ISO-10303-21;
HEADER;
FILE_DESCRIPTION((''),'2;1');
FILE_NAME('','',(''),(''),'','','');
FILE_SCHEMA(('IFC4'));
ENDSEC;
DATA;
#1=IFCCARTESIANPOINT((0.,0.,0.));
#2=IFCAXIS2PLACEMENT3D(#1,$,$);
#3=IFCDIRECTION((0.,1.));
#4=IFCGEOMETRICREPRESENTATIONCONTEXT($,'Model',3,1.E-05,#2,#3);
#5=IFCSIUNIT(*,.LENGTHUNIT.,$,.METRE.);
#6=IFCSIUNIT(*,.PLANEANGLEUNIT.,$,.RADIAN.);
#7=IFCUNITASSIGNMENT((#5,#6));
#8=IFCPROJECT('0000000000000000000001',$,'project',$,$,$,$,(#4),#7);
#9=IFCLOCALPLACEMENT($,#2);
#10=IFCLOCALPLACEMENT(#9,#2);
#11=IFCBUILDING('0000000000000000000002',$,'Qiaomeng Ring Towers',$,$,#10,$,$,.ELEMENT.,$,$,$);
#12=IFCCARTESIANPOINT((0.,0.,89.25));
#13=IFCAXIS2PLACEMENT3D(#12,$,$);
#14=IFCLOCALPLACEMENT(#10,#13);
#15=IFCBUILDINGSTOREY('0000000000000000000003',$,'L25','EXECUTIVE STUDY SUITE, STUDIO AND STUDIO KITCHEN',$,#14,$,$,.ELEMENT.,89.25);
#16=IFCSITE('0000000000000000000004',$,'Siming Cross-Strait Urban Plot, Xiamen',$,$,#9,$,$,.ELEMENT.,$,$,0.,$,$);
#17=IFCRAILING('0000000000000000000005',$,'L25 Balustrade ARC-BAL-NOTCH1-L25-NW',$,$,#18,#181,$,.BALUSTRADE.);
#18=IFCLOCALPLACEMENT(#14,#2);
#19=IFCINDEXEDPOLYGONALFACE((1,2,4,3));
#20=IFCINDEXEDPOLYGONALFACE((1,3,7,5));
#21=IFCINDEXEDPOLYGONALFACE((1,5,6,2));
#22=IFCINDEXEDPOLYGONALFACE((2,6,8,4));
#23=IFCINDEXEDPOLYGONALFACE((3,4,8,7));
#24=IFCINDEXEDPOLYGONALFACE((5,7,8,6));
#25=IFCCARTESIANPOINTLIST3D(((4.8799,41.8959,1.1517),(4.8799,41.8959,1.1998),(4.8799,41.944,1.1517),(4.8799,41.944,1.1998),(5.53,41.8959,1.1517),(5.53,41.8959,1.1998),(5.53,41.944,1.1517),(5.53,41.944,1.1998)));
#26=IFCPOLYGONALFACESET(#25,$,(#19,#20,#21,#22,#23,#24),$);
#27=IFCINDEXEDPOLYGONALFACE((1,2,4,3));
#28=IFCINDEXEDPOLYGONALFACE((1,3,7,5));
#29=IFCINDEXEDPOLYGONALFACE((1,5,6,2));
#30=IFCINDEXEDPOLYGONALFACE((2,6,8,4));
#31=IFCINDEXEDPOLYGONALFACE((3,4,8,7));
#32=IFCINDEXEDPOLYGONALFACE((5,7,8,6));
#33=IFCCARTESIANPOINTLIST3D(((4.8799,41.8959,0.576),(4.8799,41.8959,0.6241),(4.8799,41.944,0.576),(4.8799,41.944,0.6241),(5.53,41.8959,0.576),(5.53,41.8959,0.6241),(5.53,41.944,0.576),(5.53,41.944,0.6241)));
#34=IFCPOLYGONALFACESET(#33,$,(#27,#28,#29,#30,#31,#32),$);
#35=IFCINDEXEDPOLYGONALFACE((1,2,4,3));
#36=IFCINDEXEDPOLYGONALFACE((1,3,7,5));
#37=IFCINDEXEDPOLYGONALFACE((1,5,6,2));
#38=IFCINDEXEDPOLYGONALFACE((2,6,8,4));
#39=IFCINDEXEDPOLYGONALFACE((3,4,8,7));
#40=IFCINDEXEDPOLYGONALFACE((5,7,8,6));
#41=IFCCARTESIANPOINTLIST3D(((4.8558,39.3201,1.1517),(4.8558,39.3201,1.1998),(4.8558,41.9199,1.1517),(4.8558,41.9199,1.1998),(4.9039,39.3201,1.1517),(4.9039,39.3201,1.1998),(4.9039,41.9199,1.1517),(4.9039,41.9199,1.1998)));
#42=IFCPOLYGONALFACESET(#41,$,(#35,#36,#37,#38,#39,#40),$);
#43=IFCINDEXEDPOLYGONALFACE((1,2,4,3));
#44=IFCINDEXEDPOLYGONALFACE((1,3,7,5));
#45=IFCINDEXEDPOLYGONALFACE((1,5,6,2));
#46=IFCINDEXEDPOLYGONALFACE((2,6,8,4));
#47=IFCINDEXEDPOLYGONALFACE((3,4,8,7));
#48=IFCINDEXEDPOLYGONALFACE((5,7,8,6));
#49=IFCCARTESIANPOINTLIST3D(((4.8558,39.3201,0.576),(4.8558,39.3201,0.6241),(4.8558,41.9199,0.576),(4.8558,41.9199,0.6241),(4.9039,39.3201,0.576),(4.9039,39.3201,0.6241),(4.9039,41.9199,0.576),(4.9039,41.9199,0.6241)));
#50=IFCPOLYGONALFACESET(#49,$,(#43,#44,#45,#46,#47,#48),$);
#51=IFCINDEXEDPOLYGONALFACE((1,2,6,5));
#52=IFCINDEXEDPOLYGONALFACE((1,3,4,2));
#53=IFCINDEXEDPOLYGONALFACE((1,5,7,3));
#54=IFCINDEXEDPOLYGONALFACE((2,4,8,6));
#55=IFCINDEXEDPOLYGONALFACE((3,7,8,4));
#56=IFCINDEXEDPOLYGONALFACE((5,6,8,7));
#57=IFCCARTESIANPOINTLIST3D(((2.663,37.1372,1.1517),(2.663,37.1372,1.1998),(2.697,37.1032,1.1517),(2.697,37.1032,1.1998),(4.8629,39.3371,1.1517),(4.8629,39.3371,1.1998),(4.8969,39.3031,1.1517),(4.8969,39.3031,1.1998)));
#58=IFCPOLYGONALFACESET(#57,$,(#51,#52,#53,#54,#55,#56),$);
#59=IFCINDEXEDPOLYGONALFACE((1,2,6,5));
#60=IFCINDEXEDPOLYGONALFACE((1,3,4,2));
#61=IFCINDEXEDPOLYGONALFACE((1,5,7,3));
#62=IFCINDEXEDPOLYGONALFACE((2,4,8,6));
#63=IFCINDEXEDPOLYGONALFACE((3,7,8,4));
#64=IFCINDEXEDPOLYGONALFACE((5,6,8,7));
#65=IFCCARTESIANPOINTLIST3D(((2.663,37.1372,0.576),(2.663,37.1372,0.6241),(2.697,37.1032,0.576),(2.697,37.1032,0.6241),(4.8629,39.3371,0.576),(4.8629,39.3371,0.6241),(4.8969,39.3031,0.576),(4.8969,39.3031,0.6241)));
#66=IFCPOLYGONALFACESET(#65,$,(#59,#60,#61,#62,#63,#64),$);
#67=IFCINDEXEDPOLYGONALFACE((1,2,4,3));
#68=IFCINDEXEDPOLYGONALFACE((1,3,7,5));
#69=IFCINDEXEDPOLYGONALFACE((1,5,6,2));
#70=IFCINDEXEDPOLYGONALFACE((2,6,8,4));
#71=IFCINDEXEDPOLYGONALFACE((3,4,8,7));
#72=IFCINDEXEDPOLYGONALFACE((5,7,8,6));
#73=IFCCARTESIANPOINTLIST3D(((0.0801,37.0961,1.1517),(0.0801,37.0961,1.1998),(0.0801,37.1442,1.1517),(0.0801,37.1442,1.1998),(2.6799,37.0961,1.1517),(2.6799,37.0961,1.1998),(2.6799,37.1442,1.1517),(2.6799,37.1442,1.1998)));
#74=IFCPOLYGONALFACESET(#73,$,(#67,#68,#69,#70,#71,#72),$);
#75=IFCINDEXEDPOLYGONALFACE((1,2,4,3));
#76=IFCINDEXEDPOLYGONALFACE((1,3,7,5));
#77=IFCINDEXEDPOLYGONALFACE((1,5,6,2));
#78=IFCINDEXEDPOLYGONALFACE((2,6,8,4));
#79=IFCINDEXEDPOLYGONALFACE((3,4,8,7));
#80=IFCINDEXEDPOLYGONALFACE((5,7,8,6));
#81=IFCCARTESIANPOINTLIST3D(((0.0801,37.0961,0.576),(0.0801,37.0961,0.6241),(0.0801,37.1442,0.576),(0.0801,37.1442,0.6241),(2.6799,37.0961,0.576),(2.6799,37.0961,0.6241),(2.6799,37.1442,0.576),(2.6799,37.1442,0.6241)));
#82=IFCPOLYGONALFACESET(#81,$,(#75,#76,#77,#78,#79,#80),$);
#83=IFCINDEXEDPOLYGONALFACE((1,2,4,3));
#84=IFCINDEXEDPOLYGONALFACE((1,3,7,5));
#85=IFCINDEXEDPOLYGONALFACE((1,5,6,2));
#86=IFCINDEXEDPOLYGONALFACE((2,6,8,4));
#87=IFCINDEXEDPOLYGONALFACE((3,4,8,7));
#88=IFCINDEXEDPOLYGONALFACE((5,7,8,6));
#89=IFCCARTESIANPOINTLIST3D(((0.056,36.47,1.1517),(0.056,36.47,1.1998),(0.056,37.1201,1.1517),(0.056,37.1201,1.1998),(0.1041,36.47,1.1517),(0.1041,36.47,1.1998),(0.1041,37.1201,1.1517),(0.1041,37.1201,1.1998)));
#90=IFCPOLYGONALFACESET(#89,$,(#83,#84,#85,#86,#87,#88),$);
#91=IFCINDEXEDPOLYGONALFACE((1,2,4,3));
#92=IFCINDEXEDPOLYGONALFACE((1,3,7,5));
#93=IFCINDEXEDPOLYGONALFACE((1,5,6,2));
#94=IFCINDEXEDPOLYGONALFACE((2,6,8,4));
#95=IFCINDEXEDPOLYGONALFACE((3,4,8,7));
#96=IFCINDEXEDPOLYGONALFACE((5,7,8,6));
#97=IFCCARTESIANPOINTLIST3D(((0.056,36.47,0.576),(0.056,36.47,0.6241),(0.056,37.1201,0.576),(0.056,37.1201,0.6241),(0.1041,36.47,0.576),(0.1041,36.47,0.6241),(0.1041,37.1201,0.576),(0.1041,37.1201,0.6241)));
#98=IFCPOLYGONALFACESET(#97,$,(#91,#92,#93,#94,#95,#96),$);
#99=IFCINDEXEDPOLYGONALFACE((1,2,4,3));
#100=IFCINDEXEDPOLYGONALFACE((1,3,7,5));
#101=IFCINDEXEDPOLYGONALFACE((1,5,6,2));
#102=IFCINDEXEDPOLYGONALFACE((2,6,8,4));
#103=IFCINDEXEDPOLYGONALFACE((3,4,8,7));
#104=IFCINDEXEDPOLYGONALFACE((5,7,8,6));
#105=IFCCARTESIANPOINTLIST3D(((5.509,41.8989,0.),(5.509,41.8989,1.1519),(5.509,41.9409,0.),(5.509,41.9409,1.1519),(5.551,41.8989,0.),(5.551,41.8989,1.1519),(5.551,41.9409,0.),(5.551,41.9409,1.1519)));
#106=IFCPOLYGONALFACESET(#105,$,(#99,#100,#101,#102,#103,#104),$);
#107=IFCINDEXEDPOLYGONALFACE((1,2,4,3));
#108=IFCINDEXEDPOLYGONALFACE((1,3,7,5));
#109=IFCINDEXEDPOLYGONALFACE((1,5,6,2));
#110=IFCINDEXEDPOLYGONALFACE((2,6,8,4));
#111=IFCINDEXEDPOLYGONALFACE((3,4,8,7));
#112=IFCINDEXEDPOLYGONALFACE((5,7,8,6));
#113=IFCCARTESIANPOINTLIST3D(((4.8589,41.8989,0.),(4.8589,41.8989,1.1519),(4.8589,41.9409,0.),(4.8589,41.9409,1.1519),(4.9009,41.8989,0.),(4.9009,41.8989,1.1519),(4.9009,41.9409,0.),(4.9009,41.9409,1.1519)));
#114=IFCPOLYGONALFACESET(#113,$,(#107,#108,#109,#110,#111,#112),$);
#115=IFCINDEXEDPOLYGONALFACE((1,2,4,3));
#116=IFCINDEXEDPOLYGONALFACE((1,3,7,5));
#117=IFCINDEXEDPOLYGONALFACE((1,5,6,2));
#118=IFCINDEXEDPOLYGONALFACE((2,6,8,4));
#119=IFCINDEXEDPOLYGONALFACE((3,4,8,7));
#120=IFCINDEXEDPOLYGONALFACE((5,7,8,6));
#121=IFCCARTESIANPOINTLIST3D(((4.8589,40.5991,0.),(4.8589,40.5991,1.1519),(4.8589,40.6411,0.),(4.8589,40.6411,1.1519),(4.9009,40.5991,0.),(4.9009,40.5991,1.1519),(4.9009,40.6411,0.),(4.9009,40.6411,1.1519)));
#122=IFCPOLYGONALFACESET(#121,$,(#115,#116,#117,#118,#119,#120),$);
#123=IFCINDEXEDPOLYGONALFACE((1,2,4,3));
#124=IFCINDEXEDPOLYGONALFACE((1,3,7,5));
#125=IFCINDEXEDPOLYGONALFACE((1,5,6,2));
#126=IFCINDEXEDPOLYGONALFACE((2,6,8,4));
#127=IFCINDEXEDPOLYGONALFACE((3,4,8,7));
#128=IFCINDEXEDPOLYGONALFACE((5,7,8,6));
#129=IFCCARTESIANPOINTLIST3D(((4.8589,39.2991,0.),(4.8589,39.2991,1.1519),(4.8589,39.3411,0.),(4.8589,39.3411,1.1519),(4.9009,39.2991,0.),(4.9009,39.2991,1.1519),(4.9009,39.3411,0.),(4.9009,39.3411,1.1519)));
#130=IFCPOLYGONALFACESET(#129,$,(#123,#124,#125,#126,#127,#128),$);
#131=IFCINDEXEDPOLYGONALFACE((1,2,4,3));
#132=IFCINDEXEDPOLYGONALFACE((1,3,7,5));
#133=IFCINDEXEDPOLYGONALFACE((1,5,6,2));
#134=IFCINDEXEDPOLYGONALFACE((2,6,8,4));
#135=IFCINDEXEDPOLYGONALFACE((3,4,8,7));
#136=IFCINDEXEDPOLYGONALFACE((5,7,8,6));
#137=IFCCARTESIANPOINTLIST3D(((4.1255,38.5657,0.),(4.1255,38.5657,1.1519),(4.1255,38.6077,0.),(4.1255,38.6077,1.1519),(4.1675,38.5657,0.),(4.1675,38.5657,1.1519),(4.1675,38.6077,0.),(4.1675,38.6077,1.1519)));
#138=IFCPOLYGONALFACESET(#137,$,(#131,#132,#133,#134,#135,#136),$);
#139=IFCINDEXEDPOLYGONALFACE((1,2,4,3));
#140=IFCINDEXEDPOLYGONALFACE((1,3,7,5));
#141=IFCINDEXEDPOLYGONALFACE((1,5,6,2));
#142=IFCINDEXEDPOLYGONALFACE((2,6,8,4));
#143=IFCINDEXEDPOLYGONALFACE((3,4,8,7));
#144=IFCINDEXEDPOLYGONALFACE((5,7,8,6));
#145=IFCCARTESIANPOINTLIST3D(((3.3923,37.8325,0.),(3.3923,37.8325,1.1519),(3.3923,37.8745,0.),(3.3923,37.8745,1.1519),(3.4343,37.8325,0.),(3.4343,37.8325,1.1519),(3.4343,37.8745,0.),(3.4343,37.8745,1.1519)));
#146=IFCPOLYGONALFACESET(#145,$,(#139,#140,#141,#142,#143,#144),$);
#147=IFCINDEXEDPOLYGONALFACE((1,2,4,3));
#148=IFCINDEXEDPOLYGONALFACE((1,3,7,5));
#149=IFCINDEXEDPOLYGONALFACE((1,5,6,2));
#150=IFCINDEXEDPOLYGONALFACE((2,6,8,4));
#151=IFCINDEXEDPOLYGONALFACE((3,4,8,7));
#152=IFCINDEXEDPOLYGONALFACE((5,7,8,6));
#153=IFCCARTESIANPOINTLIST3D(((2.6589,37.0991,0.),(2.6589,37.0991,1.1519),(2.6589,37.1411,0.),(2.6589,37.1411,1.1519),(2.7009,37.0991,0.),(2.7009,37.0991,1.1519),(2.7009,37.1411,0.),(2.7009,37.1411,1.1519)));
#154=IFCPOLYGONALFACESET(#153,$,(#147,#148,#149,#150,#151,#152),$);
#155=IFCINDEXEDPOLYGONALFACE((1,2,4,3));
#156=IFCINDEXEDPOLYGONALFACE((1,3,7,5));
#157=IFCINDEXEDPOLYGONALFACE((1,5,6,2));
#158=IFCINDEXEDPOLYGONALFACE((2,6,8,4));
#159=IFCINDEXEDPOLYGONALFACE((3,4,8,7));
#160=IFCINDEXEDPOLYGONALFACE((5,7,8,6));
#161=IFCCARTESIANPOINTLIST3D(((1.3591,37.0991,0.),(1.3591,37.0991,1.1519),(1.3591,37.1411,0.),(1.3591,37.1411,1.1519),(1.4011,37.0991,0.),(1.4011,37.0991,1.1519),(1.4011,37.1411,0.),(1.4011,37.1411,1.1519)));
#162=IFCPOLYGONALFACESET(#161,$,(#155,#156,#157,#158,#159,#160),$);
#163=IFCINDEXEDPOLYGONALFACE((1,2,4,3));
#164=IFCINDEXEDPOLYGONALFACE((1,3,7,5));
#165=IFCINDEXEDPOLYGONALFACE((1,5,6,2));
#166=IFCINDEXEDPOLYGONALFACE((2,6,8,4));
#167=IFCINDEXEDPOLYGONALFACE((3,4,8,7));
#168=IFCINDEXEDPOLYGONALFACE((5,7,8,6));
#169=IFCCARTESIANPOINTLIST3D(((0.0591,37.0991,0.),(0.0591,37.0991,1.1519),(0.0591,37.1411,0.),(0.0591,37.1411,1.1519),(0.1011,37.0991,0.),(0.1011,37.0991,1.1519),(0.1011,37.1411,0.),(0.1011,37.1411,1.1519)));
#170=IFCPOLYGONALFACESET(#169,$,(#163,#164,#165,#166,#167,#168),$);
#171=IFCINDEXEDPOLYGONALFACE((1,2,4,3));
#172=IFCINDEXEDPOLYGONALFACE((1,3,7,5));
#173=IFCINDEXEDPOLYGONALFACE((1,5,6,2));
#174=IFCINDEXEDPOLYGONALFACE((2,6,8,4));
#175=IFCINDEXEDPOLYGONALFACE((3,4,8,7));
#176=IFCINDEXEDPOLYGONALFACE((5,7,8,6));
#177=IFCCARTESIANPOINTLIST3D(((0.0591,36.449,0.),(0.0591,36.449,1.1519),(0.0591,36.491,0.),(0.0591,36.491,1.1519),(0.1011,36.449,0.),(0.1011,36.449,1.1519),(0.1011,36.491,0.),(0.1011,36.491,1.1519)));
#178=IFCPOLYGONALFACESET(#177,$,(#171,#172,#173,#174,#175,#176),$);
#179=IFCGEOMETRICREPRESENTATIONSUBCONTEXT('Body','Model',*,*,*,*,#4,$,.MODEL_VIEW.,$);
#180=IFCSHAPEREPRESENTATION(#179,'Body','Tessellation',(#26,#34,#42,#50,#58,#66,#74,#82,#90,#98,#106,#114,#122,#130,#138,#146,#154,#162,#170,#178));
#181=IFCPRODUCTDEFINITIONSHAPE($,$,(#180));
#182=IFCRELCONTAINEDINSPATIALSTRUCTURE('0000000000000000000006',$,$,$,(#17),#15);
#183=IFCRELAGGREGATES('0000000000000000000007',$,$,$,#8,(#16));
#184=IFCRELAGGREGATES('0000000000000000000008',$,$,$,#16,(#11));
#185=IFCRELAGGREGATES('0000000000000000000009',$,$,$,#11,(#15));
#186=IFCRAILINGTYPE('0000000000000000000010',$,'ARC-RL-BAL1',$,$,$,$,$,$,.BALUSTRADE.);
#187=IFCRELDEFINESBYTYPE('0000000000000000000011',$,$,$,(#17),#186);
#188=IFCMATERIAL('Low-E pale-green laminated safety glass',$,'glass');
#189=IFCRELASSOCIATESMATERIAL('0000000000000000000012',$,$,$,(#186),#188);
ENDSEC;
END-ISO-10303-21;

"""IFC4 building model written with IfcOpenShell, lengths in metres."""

from ifc_helpers import new_model, si_unit, direction, frame, origin, origin_2d, place, context, subcontext, project, spatial, rectangle, extrude, material, type_object, element, save


model = new_model("IFC4")

# Units and contexts
model_context = context("Model", 3, precision=1e-05, world=origin(), true_north=direction((0.0, 1.0)))
body_context = subcontext(model_context, "Body", "Model", "MODEL_VIEW")
ifc_project = project(units=[si_unit("LENGTHUNIT", "METRE"), si_unit("PLANEANGLEUNIT", "RADIAN")], contexts=[model_context])

# Site, building, storey
site_placement = place(None, origin())
site = spatial("IfcSite", under=ifc_project, at=site_placement, Name="Siming Cross-Strait Urban Plot, Xiamen", CompositionType="ELEMENT", RefElevation=0.0)
building_placement = place(site_placement, origin())
building = spatial("IfcBuilding", under=site, at=building_placement, Name="Qiaomeng Ring Towers", CompositionType="ELEMENT")
storey_placement = place(building_placement, frame((0.0, 0.0, 89.25)))
storey = spatial("IfcBuildingStorey", under=building, at=storey_placement, Name="L25", Description="EXECUTIVE STUDY SUITE, STUDIO AND STUDIO KITCHEN", CompositionType="ELEMENT", Elevation=89.25)

# Railing
ifc_material_1 = material(Name="Low-E pale-green laminated safety glass", Category="glass")
railing_type = type_object("IfcRailingType", Name="ARC-RL-BAL1", PredefinedType="BALUSTRADE", material=ifc_material_1)
railing_placement = place(storey_placement, frame((5.53, 41.9199, 0.0)))
element("IfcRailing", 1, at=railing_placement, inside=storey, type_object=railing_type, Name="L25 Balustrade ARC-BAL-NOTCH1-L25-NW", PredefinedType="BALUSTRADE", context=body_context, shape_type="SweptSolid", body=[
    extrude(rectangle(XDim=0.0481, YDim=0.0481, at=origin_2d()), frame((0.0, 0.0, 1.1758), z_axis=(-1.0, 0.0, 0.0), x_axis=(0.0, -1.0, 0.0)), (0.0, 0.0, 1.0), 0.6501),
    extrude(rectangle(XDim=0.0481, YDim=0.0481, at=origin_2d()), frame((0.0, 0.0, 0.6001), z_axis=(-1.0, 0.0, 0.0), x_axis=(0.0, -1.0, 0.0)), (0.0, 0.0, 1.0), 0.6501),
    extrude(rectangle(XDim=0.0481, YDim=0.0481, at=origin_2d()), frame((-0.6501, 0.0, 1.1758), z_axis=(0.0, -1.0, 0.0), x_axis=(1.0, 0.0, 0.0)), (0.0, 0.0, 1.0), 2.5999),
    extrude(rectangle(XDim=0.0481, YDim=0.0481, at=origin_2d()), frame((-0.6501, 0.0, 0.6001), z_axis=(0.0, -1.0, 0.0), x_axis=(1.0, 0.0, 0.0)), (0.0, 0.0, 1.0), 2.5999),
    extrude(rectangle(XDim=0.0481, YDim=0.0481, at=origin_2d()), frame((-0.6501, -2.5999, 1.1758), z_axis=(-0.707107, -0.707107, 0.0), x_axis=(0.707107, -0.707107, 0.0)), (0.0, 0.0, 1.0), 3.1111),
    extrude(rectangle(XDim=0.0481, YDim=0.0481, at=origin_2d()), frame((-0.6501, -2.5999, 0.6001), z_axis=(-0.707107, -0.707107, 0.0), x_axis=(0.707107, -0.707107, 0.0)), (0.0, 0.0, 1.0), 3.1111),
    extrude(rectangle(XDim=0.0481, YDim=0.0481, at=origin_2d()), frame((-2.8501, -4.7998, 1.1758), z_axis=(-1.0, 0.0, 0.0), x_axis=(0.0, -1.0, 0.0)), (0.0, 0.0, 1.0), 2.5999),
    extrude(rectangle(XDim=0.0481, YDim=0.0481, at=origin_2d()), frame((-2.8501, -4.7998, 0.6001), z_axis=(-1.0, 0.0, 0.0), x_axis=(0.0, -1.0, 0.0)), (0.0, 0.0, 1.0), 2.5999),
    extrude(rectangle(XDim=0.0481, YDim=0.0481, at=origin_2d()), frame((-5.45, -4.7998, 1.1758), z_axis=(0.0, -1.0, 0.0), x_axis=(1.0, 0.0, 0.0)), (0.0, 0.0, 1.0), 0.6501),
    extrude(rectangle(XDim=0.0481, YDim=0.0481, at=origin_2d()), frame((-5.45, -4.7998, 0.6001), z_axis=(0.0, -1.0, 0.0), x_axis=(1.0, 0.0, 0.0)), (0.0, 0.0, 1.0), 0.6501),
    extrude(rectangle(XDim=0.042, YDim=0.042, at=origin_2d()), origin(), (0.0, 0.0, 1.0), 1.1519),
    extrude(rectangle(XDim=0.042, YDim=0.042, at=origin_2d()), frame((-0.6501, 0.0, 0.0)), (0.0, 0.0, 1.0), 1.1519),
    extrude(rectangle(XDim=0.042, YDim=0.042, at=origin_2d()), frame((-0.6501, -1.2998, 0.0)), (0.0, 0.0, 1.0), 1.1519),
    extrude(rectangle(XDim=0.042, YDim=0.042, at=origin_2d()), frame((-0.6501, -2.5999, 0.0)), (0.0, 0.0, 1.0), 1.1519),
    extrude(rectangle(XDim=0.042, YDim=0.042, at=origin_2d()), frame((-1.3835, -3.3333, 0.0)), (0.0, 0.0, 1.0), 1.1519),
    extrude(rectangle(XDim=0.042, YDim=0.042, at=origin_2d()), frame((-2.1167, -4.0664, 0.0)), (0.0, 0.0, 1.0), 1.1519),
    extrude(rectangle(XDim=0.042, YDim=0.042, at=origin_2d()), frame((-2.8501, -4.7998, 0.0)), (0.0, 0.0, 1.0), 1.1519),
    extrude(rectangle(XDim=0.042, YDim=0.042, at=origin_2d()), frame((-4.1499, -4.7998, 0.0)), (0.0, 0.0, 1.0), 1.1519),
    extrude(rectangle(XDim=0.042, YDim=0.042, at=origin_2d()), frame((-5.45, -4.7998, 0.0)), (0.0, 0.0, 1.0), 1.1519),
    extrude(rectangle(XDim=0.042, YDim=0.042, at=origin_2d()), frame((-5.45, -5.45, 0.0)), (0.0, 0.0, 1.0), 1.1519),
])

save(model, "model.ifc")
